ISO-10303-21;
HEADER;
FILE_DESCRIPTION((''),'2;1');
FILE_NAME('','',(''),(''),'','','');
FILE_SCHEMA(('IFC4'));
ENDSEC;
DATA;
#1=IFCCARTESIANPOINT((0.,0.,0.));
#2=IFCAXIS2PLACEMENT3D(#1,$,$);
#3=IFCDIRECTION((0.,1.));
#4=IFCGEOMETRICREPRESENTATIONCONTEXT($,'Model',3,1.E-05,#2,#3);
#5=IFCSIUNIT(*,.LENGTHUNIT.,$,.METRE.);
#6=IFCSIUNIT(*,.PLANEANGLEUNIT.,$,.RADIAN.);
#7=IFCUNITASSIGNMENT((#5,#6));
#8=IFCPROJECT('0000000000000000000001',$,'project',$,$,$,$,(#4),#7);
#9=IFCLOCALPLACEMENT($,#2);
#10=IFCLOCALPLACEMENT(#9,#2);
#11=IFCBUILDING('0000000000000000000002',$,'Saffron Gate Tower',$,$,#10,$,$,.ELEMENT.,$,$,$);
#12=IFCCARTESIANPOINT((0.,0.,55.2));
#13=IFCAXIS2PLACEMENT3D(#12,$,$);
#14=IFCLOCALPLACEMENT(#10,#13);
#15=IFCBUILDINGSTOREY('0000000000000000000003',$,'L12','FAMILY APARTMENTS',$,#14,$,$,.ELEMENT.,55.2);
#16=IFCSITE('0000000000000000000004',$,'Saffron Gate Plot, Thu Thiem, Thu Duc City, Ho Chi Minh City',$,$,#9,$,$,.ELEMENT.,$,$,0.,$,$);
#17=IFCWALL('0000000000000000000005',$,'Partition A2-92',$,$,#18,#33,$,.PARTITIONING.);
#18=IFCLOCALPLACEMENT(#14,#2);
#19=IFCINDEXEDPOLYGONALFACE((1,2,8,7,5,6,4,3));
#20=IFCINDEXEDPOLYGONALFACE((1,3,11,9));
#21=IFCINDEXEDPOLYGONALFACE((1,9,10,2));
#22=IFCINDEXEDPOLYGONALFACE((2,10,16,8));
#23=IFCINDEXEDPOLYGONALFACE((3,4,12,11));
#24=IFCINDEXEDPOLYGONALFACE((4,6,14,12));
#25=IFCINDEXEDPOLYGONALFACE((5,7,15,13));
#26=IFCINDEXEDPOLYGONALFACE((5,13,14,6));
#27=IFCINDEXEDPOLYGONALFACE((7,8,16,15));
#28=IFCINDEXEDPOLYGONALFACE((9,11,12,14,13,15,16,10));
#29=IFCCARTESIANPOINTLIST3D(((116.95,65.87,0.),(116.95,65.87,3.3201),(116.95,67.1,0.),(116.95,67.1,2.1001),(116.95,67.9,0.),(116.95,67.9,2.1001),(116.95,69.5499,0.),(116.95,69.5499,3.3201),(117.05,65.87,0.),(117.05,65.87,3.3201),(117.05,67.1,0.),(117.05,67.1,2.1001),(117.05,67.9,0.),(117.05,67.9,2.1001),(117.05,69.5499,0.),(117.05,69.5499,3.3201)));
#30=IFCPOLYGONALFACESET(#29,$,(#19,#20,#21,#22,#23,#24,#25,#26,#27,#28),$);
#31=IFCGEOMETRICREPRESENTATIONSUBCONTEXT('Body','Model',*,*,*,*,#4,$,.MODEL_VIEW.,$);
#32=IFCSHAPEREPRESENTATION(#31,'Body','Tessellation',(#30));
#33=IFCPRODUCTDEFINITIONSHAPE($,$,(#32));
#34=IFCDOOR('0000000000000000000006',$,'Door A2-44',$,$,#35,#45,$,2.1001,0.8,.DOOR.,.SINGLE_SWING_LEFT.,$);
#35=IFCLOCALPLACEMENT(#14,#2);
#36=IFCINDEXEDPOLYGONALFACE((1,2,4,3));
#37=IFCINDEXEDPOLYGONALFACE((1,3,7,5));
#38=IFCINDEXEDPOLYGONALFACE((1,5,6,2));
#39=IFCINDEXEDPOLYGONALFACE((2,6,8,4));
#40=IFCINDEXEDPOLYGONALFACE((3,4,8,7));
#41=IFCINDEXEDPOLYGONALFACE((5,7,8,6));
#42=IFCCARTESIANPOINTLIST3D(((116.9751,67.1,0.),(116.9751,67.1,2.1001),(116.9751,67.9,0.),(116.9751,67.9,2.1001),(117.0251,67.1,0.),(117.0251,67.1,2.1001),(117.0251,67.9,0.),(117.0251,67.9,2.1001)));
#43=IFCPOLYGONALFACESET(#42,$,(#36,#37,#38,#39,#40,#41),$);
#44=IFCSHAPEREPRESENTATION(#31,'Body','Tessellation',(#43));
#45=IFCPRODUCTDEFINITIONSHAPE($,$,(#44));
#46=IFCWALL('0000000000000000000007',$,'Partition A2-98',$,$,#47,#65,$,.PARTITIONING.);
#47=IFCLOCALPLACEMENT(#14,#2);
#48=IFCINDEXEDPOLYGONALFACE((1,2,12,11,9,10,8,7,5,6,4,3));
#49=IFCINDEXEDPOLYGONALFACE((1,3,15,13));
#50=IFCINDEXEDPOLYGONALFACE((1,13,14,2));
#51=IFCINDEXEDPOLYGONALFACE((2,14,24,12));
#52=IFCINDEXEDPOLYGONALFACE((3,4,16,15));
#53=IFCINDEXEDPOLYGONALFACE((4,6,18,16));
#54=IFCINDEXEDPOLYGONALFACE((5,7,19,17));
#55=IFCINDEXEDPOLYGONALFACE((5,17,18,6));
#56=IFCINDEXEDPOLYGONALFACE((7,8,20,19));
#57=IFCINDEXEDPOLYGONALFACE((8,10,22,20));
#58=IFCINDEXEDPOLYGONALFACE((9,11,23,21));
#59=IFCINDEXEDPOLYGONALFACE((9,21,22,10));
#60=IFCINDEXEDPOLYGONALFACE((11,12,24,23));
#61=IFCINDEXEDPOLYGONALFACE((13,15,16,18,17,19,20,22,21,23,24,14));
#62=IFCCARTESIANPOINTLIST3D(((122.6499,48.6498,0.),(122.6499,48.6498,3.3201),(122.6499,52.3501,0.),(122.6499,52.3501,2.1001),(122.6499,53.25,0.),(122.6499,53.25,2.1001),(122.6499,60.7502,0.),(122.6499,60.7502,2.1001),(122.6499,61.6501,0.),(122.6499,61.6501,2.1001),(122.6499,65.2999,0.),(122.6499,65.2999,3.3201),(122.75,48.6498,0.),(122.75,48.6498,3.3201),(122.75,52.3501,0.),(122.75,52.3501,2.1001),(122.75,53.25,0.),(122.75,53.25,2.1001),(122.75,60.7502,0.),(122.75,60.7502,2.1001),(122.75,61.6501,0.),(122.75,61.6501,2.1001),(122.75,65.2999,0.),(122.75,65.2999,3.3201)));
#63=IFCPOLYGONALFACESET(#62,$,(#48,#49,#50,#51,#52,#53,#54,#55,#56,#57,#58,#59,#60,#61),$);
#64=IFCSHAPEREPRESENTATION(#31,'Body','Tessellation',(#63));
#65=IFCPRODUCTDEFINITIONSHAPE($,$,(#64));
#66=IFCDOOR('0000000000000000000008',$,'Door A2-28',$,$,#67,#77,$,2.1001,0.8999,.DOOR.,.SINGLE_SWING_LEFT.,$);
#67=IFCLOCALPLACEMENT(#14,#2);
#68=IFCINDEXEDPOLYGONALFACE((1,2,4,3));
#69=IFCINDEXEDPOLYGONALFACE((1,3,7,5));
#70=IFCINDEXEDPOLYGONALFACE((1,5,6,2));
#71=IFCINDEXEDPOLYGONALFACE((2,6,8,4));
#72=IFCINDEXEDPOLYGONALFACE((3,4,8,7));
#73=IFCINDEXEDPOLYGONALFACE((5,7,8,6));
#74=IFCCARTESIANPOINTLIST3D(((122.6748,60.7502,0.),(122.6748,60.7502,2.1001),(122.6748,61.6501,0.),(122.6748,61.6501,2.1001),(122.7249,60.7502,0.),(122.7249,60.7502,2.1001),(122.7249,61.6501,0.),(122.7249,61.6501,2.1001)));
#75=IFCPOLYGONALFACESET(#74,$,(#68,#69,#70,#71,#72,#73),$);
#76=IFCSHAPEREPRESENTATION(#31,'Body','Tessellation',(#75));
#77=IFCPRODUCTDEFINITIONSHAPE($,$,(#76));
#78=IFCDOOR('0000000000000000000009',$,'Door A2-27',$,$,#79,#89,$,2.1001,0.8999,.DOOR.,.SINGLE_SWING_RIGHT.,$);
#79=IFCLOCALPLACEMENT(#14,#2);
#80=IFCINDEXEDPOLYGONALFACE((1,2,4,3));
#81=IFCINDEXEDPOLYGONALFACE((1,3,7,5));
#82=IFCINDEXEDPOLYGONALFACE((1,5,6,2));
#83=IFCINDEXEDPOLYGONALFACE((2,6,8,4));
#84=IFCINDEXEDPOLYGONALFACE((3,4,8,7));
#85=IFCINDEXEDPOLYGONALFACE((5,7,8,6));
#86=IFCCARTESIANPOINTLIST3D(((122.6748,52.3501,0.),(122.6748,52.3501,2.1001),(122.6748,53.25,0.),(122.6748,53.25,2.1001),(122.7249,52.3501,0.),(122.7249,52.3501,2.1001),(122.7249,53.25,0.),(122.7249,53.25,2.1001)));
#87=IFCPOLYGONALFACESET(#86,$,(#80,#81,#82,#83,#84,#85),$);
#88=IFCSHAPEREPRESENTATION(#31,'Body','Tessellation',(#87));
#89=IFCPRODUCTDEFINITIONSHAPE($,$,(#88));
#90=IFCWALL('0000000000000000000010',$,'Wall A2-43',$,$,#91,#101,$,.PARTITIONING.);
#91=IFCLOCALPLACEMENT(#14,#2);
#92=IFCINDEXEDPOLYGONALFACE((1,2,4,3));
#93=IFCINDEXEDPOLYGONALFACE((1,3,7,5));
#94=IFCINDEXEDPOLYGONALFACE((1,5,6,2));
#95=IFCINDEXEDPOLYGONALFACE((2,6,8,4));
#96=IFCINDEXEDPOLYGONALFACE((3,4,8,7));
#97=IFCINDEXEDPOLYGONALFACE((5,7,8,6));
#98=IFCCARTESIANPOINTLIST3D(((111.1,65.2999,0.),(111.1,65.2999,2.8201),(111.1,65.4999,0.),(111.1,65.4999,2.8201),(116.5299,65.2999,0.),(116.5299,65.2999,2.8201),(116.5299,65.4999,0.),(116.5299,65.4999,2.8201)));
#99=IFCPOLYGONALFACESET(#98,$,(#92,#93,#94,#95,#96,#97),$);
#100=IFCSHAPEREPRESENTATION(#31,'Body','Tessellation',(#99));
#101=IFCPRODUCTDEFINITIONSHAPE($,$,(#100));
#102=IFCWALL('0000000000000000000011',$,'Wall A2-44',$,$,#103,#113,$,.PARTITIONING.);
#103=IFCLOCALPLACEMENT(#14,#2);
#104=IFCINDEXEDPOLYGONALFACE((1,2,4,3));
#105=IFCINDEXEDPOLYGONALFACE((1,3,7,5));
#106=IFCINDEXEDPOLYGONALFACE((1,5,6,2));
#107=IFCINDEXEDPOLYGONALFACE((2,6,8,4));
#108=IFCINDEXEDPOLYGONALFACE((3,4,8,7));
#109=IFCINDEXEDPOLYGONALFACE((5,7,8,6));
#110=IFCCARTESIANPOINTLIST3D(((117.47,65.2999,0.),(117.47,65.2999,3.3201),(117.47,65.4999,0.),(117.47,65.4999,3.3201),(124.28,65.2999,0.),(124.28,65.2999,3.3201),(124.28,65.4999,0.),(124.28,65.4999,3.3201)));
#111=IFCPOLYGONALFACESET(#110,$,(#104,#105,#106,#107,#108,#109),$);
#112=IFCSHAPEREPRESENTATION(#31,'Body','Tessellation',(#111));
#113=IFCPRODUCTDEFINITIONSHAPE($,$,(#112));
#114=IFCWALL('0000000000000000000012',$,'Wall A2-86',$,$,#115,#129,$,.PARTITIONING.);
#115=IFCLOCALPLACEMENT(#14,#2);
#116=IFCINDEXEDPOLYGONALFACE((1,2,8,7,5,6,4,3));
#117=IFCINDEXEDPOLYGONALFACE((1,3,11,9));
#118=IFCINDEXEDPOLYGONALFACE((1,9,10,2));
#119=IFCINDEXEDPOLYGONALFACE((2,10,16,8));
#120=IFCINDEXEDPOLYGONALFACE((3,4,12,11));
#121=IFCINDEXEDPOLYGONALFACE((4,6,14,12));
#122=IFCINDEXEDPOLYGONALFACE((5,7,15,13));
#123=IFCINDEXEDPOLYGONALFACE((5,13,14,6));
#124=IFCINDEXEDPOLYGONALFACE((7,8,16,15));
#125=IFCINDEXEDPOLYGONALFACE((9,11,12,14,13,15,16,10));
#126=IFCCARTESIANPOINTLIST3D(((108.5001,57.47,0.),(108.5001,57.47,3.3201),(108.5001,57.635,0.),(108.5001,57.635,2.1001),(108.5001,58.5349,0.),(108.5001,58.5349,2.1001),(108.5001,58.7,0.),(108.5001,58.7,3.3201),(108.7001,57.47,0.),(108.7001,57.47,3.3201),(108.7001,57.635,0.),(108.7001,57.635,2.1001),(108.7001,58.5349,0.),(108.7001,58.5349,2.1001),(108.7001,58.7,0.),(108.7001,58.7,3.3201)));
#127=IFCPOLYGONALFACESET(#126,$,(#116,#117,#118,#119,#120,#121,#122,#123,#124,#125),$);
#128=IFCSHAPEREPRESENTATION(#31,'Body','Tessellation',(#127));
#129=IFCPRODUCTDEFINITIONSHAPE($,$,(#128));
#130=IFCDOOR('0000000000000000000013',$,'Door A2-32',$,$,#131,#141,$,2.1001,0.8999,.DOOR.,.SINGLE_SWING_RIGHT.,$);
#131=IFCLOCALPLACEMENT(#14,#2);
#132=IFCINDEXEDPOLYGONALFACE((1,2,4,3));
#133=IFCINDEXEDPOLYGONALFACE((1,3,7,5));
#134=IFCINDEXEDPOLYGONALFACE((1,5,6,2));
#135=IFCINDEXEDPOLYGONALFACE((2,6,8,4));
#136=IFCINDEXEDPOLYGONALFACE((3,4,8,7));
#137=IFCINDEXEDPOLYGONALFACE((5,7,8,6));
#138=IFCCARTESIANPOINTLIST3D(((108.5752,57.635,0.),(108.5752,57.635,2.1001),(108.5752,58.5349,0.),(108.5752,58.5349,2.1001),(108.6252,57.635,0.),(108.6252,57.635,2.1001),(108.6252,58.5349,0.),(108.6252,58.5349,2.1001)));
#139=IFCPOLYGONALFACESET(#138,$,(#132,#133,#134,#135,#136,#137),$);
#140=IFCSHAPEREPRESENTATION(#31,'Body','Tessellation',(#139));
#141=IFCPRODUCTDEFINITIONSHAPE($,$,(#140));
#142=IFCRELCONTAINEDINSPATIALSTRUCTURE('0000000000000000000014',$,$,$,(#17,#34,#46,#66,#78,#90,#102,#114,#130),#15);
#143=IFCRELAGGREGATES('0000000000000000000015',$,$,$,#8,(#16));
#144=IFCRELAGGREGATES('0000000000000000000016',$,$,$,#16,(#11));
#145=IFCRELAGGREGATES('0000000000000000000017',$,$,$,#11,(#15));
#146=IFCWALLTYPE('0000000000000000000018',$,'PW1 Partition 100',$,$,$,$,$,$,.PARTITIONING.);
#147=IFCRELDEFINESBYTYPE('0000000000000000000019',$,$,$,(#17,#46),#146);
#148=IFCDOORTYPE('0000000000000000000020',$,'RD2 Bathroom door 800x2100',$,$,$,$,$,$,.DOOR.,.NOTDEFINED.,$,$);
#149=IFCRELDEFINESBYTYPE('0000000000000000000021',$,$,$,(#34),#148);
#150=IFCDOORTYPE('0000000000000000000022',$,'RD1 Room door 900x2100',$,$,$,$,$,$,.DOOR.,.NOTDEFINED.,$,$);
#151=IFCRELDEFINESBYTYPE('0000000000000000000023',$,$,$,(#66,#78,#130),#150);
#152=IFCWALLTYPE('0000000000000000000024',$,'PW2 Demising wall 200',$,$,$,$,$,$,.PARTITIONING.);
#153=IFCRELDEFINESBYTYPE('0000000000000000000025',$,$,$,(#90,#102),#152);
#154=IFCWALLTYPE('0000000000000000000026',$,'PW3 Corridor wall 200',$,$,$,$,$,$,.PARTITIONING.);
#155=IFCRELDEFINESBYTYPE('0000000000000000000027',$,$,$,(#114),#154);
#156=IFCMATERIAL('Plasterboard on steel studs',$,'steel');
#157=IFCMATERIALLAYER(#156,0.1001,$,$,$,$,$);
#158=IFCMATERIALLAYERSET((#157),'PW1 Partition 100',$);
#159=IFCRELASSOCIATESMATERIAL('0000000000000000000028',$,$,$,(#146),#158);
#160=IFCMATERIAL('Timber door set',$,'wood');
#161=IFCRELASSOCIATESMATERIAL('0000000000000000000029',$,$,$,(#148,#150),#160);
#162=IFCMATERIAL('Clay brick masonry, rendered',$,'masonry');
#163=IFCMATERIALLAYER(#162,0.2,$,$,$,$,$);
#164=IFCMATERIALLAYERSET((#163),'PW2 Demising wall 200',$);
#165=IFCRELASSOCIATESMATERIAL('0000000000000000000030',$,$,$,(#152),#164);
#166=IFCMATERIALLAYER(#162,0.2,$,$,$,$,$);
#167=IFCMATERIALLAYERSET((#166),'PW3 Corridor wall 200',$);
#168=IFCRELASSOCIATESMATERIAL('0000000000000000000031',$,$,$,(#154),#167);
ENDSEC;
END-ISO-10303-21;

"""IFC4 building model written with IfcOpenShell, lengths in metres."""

from ifc_helpers import new_model, si_unit, direction, frame, frame_2d, origin, place, context, subcontext, project, spatial, rectangle, extrude, material, layer, layer_set, type_object, element, fill, save


model = new_model("IFC4")

# Units and contexts
model_context = context("Model", 3, precision=1e-05, world=origin(), true_north=direction((0.0, 1.0)))
body_context = subcontext(model_context, "Body", "Model", "MODEL_VIEW")
ifc_project = project(units=[si_unit("LENGTHUNIT", "METRE"), si_unit("PLANEANGLEUNIT", "RADIAN")], contexts=[model_context])

# Site, building, storey
site_placement = place(None, origin())
site = spatial("IfcSite", under=ifc_project, at=site_placement, Name="Saffron Gate Plot, Thu Thiem, Thu Duc City, Ho Chi Minh City", CompositionType="ELEMENT", RefElevation=0.0)
building_placement = place(site_placement, origin())
building = spatial("IfcBuilding", under=site, at=building_placement, Name="Saffron Gate Tower", CompositionType="ELEMENT")
storey_placement = place(building_placement, frame((0.0, 0.0, 55.2)))
storey = spatial("IfcBuildingStorey", under=building, at=storey_placement, Name="L12", Description="FAMILY APARTMENTS", CompositionType="ELEMENT", Elevation=55.2)

# Shared definitions
ifc_material_1 = material(Name="Plasterboard on steel studs", Category="steel")
ifc_layer_1 = layer(ifc_material_1, 0.1001)
ifc_layer_set_1 = layer_set([ifc_layer_1], Name="PW1 Partition 100")
wall_type_1 = type_object("IfcWallType", Name="PW1 Partition 100", PredefinedType="PARTITIONING", material=ifc_layer_set_1)

# Wall, opening, door
wall_1_placement = place(storey_placement, frame((117.0, 65.8701, 0.0), z_axis=(0.0, 0.0, 1.0), x_axis=(0.0, 1.0, 0.0)))
wall_1 = element("IfcWall", 1, at=wall_1_placement, inside=storey, type_object=wall_type_1, Name="Partition A2-92", PredefinedType="PARTITIONING", context=body_context, shape_type="SweptSolid", body=[
    extrude(rectangle(XDim=3.6799, YDim=0.1001, at=frame_2d((1.8398, 0.0))), origin(), (0.0, 0.0, 1.0), 3.3201),
])
opening_1_placement = place(wall_1_placement, frame((1.23, 0.0, 0.0)))
opening_1 = element("IfcOpeningElement", 2, at=opening_1_placement, cuts=wall_1, PredefinedType="OPENING", context=body_context, shape_type="SweptSolid", body=[
    extrude(rectangle(XDim=0.8, YDim=2.1001, at=frame_2d((0.3999, 1.05))), frame((0.0, 0.0601, 0.0), z_axis=(0.0, -1.0, 0.0), x_axis=(1.0, 0.0, 0.0)), (0.0, 0.0, 1.0), 0.1201),
])
ifc_material_2 = material(Name="Timber door set", Category="wood")
door_type_1 = type_object("IfcDoorType", Name="RD2 Bathroom door 800x2100", OperationType="NOTDEFINED", PredefinedType="DOOR", material=ifc_material_2)
door_1_placement = place(opening_1_placement, origin())
door_1 = element("IfcDoor", 3, at=door_1_placement, inside=storey, type_object=door_type_1, Name="Door A2-44", OperationType="SINGLE_SWING_LEFT", OverallHeight=2.1001, OverallWidth=0.8, PredefinedType="DOOR", context=body_context, shape_type="SweptSolid", body=[
    extrude(rectangle(XDim=0.8, YDim=2.1001, at=frame_2d((0.3999, 1.05))), frame((0.0, 0.0249, 0.0), z_axis=(0.0, -1.0, 0.0), x_axis=(1.0, 0.0, 0.0)), (0.0, 0.0, 1.0), 0.05),
])
fill(opening_1, door_1)

# Wall, openings, doors
wall_2_placement = place(storey_placement, frame((122.7, 65.3, 0.0), z_axis=(0.0, 0.0, 1.0), x_axis=(0.0, -1.0, 0.0)))
wall_2 = element("IfcWall", 4, at=wall_2_placement, inside=storey, type_object=wall_type_1, Name="Partition A2-98", PredefinedType="PARTITIONING", context=body_context, shape_type="SweptSolid", body=[
    extrude(rectangle(XDim=16.6501, YDim=0.1001, at=frame_2d((8.3252, 0.0))), origin(), (0.0, 0.0, 1.0), 3.3201),
])
opening_2_placement = place(wall_2_placement, frame((3.6499, 0.0, 0.0)))
opening_2 = element("IfcOpeningElement", 5, at=opening_2_placement, cuts=wall_2, PredefinedType="OPENING", context=body_context, shape_type="SweptSolid", body=[
    extrude(rectangle(XDim=0.8999, YDim=2.1001, at=frame_2d((0.45, 1.05))), frame((0.0, 0.0601, 0.0), z_axis=(0.0, -1.0, 0.0), x_axis=(1.0, 0.0, 0.0)), (0.0, 0.0, 1.0), 0.1201),
])
opening_3_placement = place(wall_2_placement, frame((12.05, 0.0, 0.0)))
opening_3 = element("IfcOpeningElement", 6, at=opening_3_placement, cuts=wall_2, PredefinedType="OPENING", context=body_context, shape_type="SweptSolid", body=[
    extrude(rectangle(XDim=0.8999, YDim=2.1001, at=frame_2d((0.45, 1.05))), frame((0.0, 0.0601, 0.0), z_axis=(0.0, -1.0, 0.0), x_axis=(1.0, 0.0, 0.0)), (0.0, 0.0, 1.0), 0.1201),
])
door_type_2 = type_object("IfcDoorType", Name="RD1 Room door 900x2100", OperationType="NOTDEFINED", PredefinedType="DOOR", material=ifc_material_2)
door_2_placement = place(opening_2_placement, origin())
door_2 = element("IfcDoor", 7, at=door_2_placement, inside=storey, type_object=door_type_2, Name="Door A2-28", OperationType="SINGLE_SWING_LEFT", OverallHeight=2.1001, OverallWidth=0.8999, PredefinedType="DOOR", context=body_context, shape_type="SweptSolid", body=[
    extrude(rectangle(XDim=0.8999, YDim=2.1001, at=frame_2d((0.45, 1.05))), frame((0.0, 0.0249, 0.0), z_axis=(0.0, -1.0, 0.0), x_axis=(1.0, 0.0, 0.0)), (0.0, 0.0, 1.0), 0.05),
])
fill(opening_2, door_2)
door_3_placement = place(opening_3_placement, origin())
door_3 = element("IfcDoor", 8, at=door_3_placement, inside=storey, type_object=door_type_2, Name="Door A2-27", OperationType="SINGLE_SWING_RIGHT", OverallHeight=2.1001, OverallWidth=0.8999, PredefinedType="DOOR", context=body_context, shape_type="SweptSolid", body=[
    extrude(rectangle(XDim=0.8999, YDim=2.1001, at=frame_2d((0.45, 1.05))), frame((0.0, 0.0249, 0.0), z_axis=(0.0, -1.0, 0.0), x_axis=(1.0, 0.0, 0.0)), (0.0, 0.0, 1.0), 0.05),
])
fill(opening_3, door_3)

# Walls
ifc_material_3 = material(Name="Clay brick masonry, rendered", Category="masonry")
ifc_layer_2 = layer(ifc_material_3, 0.2)
ifc_layer_set_2 = layer_set([ifc_layer_2], Name="PW2 Demising wall 200")
wall_type_2 = type_object("IfcWallType", Name="PW2 Demising wall 200", PredefinedType="PARTITIONING", material=ifc_layer_set_2)
wall_3_placement = place(storey_placement, frame((111.1001, 65.3999, 0.0), z_axis=(0.0, 0.0, 1.0), x_axis=(1.0, 0.0, 0.0)))
element("IfcWall", 9, at=wall_3_placement, inside=storey, type_object=wall_type_2, Name="Wall A2-43", PredefinedType="PARTITIONING", context=body_context, shape_type="SweptSolid", body=[
    extrude(rectangle(XDim=5.4299, YDim=0.2, at=frame_2d((2.7148, 0.0))), origin(), (0.0, 0.0, 1.0), 2.8201),
])
wall_4_placement = place(storey_placement, frame((117.47, 65.3999, 0.0), z_axis=(0.0, 0.0, 1.0), x_axis=(1.0, 0.0, 0.0)))
element("IfcWall", 10, at=wall_4_placement, inside=storey, type_object=wall_type_2, Name="Wall A2-44", PredefinedType="PARTITIONING", context=body_context, shape_type="SweptSolid", body=[
    extrude(rectangle(XDim=6.8101, YDim=0.2, at=frame_2d((3.405, 0.0))), origin(), (0.0, 0.0, 1.0), 3.3201),
])

# Wall, opening, door
ifc_layer_3 = layer(ifc_material_3, 0.2)
ifc_layer_set_3 = layer_set([ifc_layer_3], Name="PW3 Corridor wall 200")
wall_type_3 = type_object("IfcWallType", Name="PW3 Corridor wall 200", PredefinedType="PARTITIONING", material=ifc_layer_set_3)
wall_5_placement = place(storey_placement, frame((108.6001, 57.47, 0.0), z_axis=(0.0, 0.0, 1.0), x_axis=(0.0, 1.0, 0.0)))
wall_5 = element("IfcWall", 11, at=wall_5_placement, inside=storey, type_object=wall_type_3, Name="Wall A2-86", PredefinedType="PARTITIONING", context=body_context, shape_type="SweptSolid", body=[
    extrude(rectangle(XDim=1.23, YDim=0.2, at=frame_2d((0.615, 0.0))), origin(), (0.0, 0.0, 1.0), 3.3201),
])
opening_4_placement = place(wall_5_placement, frame((0.165, 0.0, 0.0)))
opening_4 = element("IfcOpeningElement", 12, at=opening_4_placement, cuts=wall_5, PredefinedType="OPENING", context=body_context, shape_type="SweptSolid", body=[
    extrude(rectangle(XDim=0.8999, YDim=2.1001, at=frame_2d((0.45, 1.05))), frame((0.0, 0.1099, 0.0), z_axis=(0.0, -1.0, 0.0), x_axis=(1.0, 0.0, 0.0)), (0.0, 0.0, 1.0), 0.22),
])
door_4_placement = place(opening_4_placement, origin())
door_4 = element("IfcDoor", 13, at=door_4_placement, inside=storey, type_object=door_type_2, Name="Door A2-32", OperationType="SINGLE_SWING_RIGHT", OverallHeight=2.1001, OverallWidth=0.8999, PredefinedType="DOOR", context=body_context, shape_type="SweptSolid", body=[
    extrude(rectangle(XDim=0.8999, YDim=2.1001, at=frame_2d((0.45, 1.05))), frame((0.0, 0.0249, 0.0), z_axis=(0.0, -1.0, 0.0), x_axis=(1.0, 0.0, 0.0)), (0.0, 0.0, 1.0), 0.05),
])
fill(opening_4, door_4)

save(model, "model.ifc")
